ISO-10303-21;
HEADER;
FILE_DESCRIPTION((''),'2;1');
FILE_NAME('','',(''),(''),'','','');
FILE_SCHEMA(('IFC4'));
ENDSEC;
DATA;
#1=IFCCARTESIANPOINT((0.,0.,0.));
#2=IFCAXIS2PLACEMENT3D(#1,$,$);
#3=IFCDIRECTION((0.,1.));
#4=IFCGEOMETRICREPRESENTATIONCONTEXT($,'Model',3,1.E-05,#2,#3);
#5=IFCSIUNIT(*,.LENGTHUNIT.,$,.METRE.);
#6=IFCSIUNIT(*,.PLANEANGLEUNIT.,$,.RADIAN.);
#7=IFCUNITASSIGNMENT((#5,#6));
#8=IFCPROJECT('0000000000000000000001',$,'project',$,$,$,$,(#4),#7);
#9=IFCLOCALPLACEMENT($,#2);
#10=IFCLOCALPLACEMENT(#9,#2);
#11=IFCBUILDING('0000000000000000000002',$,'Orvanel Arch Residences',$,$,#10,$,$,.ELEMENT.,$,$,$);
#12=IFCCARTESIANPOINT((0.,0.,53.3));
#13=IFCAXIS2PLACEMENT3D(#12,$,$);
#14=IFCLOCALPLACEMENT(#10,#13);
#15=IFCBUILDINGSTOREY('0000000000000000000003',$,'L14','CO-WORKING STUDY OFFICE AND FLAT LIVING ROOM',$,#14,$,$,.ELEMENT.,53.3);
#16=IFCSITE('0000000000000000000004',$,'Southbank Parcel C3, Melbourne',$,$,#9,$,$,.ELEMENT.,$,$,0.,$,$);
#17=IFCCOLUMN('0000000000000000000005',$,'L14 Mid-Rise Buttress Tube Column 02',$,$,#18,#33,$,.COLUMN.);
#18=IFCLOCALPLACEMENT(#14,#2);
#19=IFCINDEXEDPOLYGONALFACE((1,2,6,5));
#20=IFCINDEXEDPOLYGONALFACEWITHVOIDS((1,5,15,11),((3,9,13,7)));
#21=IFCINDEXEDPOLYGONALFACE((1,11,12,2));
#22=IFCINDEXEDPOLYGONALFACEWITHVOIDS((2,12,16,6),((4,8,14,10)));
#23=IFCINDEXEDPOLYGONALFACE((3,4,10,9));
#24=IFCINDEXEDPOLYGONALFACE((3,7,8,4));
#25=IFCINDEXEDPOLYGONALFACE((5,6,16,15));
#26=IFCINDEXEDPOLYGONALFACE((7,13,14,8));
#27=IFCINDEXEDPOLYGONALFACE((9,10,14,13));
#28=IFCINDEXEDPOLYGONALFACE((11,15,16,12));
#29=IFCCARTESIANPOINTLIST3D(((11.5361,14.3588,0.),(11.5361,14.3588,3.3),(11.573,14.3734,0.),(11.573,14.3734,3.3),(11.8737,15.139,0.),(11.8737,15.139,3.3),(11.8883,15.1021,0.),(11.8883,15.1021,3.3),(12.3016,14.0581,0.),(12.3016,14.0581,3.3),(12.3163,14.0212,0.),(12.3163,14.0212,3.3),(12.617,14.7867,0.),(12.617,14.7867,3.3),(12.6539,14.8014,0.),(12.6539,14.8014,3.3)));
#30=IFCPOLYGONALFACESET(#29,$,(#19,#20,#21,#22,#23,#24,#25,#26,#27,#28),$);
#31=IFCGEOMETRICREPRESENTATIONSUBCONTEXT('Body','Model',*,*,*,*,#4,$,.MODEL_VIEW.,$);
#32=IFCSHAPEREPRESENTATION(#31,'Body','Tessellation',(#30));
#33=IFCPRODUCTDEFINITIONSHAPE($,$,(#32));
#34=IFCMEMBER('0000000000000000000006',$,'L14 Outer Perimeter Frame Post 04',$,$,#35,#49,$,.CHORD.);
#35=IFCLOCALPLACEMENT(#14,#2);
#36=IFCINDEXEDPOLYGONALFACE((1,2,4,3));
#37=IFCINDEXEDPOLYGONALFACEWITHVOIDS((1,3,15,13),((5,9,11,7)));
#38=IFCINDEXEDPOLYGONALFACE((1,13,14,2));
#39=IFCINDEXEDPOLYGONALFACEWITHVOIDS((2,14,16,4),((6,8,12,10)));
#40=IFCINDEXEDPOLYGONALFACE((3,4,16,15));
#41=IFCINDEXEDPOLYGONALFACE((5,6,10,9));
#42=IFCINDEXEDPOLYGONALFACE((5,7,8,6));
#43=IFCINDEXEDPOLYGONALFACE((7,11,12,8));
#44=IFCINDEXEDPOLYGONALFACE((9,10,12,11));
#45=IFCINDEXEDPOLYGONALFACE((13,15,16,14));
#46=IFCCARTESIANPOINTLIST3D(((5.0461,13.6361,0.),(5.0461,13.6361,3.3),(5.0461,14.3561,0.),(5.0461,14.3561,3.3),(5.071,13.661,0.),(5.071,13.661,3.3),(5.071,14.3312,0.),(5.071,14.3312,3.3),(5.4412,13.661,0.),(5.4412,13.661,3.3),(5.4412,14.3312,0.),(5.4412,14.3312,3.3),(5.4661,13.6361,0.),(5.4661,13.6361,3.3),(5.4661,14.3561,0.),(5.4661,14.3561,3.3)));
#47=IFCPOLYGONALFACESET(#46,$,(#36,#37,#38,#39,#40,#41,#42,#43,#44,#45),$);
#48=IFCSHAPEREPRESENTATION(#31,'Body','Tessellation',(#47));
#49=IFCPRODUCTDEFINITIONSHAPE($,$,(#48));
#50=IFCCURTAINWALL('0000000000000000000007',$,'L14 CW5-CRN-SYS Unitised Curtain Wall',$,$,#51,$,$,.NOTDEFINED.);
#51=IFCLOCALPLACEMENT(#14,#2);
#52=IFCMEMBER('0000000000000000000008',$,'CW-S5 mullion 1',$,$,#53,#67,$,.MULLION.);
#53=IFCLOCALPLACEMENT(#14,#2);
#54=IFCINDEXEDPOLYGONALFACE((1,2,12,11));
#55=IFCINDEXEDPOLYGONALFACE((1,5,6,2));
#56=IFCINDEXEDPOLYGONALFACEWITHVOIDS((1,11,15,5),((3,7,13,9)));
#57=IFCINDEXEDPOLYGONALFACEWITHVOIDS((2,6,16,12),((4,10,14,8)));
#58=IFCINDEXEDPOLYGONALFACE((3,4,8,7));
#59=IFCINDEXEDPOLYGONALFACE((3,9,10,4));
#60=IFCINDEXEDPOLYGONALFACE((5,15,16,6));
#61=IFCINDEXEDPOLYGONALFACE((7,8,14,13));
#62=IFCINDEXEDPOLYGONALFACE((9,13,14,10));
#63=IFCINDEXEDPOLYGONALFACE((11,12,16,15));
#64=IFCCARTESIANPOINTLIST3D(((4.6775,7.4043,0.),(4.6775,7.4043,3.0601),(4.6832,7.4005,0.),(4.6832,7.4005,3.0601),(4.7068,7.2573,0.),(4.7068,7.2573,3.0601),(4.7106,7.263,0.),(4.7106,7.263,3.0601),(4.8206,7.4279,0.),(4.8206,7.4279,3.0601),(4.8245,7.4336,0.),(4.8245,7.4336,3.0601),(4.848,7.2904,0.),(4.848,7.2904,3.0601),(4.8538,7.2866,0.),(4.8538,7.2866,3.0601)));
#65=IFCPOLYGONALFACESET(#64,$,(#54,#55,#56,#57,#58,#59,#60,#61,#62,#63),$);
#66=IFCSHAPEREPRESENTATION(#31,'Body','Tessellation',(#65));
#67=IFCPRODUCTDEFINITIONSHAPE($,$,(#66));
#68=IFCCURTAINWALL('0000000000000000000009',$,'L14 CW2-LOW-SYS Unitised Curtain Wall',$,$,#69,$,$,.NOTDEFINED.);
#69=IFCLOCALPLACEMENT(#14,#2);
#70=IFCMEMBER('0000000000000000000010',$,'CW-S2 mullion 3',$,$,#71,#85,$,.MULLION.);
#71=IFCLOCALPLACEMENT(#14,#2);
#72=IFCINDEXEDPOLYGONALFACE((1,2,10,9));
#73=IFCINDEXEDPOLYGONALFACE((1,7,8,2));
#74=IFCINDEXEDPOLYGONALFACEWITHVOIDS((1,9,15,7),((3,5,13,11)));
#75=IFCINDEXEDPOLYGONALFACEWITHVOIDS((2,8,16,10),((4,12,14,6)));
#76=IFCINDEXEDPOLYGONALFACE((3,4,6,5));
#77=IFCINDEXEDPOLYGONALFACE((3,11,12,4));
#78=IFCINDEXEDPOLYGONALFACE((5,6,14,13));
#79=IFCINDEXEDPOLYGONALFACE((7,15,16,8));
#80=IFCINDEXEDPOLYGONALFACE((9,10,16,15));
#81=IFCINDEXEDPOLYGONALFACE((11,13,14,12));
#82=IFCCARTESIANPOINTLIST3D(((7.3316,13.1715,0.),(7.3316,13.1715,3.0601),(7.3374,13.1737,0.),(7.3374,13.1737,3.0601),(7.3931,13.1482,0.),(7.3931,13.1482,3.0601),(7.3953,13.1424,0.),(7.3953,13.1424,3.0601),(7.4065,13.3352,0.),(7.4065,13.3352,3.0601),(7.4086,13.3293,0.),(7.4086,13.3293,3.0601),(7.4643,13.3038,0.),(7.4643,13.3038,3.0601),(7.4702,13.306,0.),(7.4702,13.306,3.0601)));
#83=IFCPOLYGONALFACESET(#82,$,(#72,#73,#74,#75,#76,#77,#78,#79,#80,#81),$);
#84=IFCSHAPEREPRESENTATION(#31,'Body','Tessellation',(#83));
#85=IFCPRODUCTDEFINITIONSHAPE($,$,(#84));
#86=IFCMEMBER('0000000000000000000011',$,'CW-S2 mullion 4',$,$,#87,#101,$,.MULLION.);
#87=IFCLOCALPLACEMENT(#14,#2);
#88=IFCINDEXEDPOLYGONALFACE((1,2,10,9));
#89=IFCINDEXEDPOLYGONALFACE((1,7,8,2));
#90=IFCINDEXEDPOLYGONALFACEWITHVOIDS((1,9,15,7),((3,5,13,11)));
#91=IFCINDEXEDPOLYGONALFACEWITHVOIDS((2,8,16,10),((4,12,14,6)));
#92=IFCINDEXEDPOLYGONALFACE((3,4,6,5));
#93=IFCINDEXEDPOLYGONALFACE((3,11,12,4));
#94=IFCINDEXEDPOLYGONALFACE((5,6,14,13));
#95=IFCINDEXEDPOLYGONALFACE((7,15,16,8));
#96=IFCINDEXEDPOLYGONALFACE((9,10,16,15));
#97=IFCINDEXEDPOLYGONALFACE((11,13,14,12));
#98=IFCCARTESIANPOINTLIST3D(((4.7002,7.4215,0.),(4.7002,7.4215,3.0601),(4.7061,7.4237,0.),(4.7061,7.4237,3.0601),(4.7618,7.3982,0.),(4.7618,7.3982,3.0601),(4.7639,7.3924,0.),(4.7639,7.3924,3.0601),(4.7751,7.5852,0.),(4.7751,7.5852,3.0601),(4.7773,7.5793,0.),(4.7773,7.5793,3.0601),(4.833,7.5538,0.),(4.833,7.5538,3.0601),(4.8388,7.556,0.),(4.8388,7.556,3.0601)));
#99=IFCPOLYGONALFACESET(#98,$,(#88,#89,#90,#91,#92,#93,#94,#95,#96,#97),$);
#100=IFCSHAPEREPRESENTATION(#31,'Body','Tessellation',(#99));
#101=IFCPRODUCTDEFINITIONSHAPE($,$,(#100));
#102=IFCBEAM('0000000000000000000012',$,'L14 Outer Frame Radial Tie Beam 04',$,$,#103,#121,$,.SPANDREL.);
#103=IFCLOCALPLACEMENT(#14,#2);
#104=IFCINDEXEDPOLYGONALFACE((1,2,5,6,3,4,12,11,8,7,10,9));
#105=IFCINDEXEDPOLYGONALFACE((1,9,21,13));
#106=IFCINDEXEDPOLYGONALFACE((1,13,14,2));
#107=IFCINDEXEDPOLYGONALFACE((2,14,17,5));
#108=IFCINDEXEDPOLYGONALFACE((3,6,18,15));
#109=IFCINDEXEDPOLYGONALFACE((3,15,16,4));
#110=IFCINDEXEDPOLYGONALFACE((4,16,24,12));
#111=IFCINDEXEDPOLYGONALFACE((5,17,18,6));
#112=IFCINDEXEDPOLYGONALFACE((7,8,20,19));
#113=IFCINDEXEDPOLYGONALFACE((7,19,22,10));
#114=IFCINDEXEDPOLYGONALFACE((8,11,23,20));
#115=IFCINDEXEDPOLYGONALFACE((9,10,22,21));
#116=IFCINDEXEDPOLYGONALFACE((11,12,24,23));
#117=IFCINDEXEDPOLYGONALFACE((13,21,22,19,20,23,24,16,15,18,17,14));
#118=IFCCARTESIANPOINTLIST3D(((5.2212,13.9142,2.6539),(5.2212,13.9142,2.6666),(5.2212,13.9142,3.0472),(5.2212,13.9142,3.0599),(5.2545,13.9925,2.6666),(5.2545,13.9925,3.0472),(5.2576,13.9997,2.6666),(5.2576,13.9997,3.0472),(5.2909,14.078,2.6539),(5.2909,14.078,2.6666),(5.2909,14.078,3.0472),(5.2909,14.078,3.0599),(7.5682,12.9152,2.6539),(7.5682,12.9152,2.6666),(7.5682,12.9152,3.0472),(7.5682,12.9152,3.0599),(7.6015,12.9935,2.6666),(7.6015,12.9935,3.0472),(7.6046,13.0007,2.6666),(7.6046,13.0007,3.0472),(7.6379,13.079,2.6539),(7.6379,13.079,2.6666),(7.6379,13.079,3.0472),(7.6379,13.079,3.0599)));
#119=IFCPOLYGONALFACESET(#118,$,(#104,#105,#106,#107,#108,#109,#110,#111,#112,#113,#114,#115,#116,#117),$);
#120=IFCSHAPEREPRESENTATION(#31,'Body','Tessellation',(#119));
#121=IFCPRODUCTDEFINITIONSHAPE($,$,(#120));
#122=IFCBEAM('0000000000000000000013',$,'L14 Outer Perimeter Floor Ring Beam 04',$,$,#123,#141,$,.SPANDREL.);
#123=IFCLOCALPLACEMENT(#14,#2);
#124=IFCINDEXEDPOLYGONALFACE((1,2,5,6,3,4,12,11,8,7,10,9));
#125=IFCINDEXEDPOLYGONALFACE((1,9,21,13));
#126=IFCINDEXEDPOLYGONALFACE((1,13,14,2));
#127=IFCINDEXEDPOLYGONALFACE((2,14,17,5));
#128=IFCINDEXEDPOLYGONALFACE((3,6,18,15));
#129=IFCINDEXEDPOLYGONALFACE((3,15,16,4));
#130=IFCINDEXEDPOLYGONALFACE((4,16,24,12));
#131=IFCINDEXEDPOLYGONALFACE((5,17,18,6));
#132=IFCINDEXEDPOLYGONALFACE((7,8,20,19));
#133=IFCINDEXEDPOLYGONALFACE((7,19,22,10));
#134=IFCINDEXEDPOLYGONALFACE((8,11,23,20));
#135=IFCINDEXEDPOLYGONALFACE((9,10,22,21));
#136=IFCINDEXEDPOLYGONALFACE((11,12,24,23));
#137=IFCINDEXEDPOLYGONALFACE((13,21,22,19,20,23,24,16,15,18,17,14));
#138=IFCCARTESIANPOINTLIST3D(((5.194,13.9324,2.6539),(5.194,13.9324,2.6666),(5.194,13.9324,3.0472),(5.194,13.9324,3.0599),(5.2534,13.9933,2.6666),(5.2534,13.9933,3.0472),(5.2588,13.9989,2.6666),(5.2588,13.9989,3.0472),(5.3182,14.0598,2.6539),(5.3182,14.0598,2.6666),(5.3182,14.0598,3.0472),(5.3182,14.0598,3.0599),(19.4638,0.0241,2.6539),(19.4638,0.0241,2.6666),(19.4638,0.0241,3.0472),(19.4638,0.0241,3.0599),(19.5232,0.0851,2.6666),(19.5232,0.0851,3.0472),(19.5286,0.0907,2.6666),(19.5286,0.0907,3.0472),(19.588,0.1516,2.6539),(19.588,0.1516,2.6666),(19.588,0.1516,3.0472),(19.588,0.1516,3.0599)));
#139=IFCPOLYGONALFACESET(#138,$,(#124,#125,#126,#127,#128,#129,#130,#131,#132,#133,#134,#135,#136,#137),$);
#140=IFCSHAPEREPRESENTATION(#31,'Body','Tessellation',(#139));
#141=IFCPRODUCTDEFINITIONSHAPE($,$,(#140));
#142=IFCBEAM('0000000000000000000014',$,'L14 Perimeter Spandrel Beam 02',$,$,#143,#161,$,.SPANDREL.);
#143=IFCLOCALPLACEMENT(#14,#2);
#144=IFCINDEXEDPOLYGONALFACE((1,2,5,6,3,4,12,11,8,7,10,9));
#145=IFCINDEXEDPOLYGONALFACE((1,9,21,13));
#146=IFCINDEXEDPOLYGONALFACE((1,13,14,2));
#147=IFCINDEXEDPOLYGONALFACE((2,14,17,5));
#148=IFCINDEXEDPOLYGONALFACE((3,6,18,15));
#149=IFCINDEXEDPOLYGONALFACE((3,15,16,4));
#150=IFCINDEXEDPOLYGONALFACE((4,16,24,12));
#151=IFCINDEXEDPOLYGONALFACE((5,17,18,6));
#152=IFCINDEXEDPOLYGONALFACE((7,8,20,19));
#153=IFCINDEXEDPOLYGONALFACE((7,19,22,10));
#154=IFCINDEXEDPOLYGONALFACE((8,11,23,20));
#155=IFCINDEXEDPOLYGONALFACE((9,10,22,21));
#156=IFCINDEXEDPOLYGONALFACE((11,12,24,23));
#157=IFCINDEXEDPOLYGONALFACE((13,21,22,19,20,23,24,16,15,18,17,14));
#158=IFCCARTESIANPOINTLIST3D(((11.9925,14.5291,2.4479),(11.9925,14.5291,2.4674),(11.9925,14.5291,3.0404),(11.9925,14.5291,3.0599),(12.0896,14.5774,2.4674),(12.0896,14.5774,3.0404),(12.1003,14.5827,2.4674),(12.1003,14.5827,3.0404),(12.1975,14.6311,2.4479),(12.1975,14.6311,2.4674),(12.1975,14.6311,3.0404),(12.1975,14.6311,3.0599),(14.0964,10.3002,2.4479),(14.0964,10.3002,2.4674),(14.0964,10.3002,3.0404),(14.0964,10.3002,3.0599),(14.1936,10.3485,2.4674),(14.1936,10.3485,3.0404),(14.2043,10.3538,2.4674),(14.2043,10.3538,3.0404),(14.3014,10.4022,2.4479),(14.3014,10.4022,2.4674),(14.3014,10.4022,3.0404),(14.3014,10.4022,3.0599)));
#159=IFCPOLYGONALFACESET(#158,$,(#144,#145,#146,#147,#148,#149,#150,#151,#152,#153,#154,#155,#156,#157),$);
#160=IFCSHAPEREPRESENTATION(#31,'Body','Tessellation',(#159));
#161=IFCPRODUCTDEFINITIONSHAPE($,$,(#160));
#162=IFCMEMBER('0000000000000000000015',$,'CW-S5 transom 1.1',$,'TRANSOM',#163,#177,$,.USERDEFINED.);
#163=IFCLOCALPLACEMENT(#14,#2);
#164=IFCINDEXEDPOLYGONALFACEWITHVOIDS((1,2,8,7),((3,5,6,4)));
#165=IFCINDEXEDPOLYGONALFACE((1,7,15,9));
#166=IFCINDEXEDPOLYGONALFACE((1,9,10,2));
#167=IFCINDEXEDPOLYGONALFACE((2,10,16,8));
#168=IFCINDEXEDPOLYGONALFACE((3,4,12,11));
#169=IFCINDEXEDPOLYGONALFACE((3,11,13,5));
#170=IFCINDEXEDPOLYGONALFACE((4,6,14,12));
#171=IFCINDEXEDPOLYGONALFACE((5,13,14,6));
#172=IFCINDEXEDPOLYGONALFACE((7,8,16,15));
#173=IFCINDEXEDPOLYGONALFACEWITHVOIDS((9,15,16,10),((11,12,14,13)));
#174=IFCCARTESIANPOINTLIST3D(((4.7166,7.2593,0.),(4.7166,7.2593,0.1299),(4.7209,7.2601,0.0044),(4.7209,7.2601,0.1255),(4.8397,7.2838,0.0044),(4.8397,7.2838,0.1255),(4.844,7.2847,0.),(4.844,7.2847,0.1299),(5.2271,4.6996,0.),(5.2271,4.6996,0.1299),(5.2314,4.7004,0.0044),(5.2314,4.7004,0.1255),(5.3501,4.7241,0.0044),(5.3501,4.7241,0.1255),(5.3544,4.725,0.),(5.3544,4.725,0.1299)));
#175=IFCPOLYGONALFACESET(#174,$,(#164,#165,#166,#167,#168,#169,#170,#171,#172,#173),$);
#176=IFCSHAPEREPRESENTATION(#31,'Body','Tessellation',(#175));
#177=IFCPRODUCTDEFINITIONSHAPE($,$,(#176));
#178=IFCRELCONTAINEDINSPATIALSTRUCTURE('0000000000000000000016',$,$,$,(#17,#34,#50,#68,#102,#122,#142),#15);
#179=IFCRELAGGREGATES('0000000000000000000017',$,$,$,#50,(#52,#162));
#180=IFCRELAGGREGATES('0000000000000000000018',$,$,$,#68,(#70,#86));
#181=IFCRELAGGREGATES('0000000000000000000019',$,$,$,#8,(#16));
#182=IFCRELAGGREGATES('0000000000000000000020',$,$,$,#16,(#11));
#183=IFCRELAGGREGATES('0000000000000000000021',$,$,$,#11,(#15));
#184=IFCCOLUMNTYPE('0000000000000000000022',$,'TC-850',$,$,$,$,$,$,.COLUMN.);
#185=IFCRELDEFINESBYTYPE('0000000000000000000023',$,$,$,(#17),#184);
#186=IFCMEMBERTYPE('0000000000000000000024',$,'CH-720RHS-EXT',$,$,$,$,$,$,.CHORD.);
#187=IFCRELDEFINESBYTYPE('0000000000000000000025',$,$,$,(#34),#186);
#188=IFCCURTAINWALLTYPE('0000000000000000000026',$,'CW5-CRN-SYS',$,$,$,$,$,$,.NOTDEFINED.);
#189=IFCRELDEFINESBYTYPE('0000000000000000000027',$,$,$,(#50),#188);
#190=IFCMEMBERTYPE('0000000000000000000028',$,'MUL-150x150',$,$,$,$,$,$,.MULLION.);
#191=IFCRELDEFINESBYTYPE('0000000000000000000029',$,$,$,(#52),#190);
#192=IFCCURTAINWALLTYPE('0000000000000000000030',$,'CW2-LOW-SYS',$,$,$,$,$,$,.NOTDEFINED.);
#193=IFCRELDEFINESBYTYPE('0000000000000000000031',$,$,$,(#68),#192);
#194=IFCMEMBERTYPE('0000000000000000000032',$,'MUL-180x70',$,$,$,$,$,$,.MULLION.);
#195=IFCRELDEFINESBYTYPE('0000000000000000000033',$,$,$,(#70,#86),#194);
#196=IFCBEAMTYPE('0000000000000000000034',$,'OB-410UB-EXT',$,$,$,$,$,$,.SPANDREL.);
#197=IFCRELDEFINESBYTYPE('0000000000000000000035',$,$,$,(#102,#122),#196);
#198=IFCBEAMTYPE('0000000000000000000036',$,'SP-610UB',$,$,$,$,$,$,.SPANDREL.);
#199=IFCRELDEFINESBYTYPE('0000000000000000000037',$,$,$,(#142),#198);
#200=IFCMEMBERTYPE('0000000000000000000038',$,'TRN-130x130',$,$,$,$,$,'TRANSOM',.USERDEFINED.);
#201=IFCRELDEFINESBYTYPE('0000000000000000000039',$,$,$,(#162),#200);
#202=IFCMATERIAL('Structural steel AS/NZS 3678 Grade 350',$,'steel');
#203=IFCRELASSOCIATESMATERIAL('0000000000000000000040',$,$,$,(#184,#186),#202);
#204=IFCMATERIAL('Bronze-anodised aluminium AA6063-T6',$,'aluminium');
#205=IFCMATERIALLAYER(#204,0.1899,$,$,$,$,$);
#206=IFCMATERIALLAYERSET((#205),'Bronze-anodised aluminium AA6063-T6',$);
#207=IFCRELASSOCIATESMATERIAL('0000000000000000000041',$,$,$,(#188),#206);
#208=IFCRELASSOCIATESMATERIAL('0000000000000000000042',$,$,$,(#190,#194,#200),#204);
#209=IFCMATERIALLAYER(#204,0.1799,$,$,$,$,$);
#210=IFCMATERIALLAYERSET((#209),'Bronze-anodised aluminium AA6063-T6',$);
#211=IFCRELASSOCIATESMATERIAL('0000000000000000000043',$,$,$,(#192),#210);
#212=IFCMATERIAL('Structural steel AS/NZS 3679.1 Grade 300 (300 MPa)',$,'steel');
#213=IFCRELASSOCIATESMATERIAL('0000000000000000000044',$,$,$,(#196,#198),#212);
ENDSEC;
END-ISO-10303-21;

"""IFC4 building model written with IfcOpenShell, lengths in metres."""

from ifc_helpers import new_model, si_unit, direction, frame, origin, origin_2d, place, context, subcontext, project, spatial, hollow_rectangle, i_section, extrude, material, layer, layer_set, material_profile, profile_set, type_object, element, aggregate, save


model = new_model("IFC4")

# Units and contexts
model_context = context("Model", 3, precision=1e-05, world=origin(), true_north=direction((0.0, 1.0)))
body_context = subcontext(model_context, "Body", "Model", "MODEL_VIEW")
ifc_project = project(units=[si_unit("LENGTHUNIT", "METRE"), si_unit("PLANEANGLEUNIT", "RADIAN")], contexts=[model_context])

# Site, building, storey
site_placement = place(None, origin())
site = spatial("IfcSite", under=ifc_project, at=site_placement, Name="Southbank Parcel C3, Melbourne", CompositionType="ELEMENT", RefElevation=0.0)
building_placement = place(site_placement, origin())
building = spatial("IfcBuilding", under=site, at=building_placement, Name="Orvanel Arch Residences", CompositionType="ELEMENT")
storey_placement = place(building_placement, frame((0.0, 0.0, 53.3)))
storey = spatial("IfcBuildingStorey", under=building, at=storey_placement, Name="L14", Description="CO-WORKING STUDY OFFICE AND FLAT LIVING ROOM", CompositionType="ELEMENT", Elevation=53.3)

# Column
ifc_material_1 = material(Name="Structural steel AS/NZS 3678 Grade 350", Category="steel")
ifc_material_profile_1 = material_profile(ifc_material_1, hollow_rectangle(XDim=0.8501, YDim=0.8501, WallThickness=0.0281, at=origin_2d()), Name="BOX850x850x28")
ifc_profile_set_1 = profile_set([ifc_material_profile_1], Name="Structural steel AS/NZS 3678 Grade 350")
column_type = type_object("IfcColumnType", Name="TC-850", PredefinedType="COLUMN", material=ifc_profile_set_1)
column_placement = place(storey_placement, frame((12.095, 14.5801, 0.0), z_axis=(0.0, 0.0, 1.0), x_axis=(0.397148, 0.917755, 0.0)))
element("IfcColumn", 1, at=column_placement, inside=storey, type_object=column_type, Name="L14 Mid-Rise Buttress Tube Column 02", PredefinedType="COLUMN", context=body_context, shape_type="SweptSolid", body=[
    extrude(hollow_rectangle(XDim=0.8501, YDim=0.8501, WallThickness=0.0281, at=origin_2d()), origin(), (0.0, 0.0, 1.0), 3.3),
])

# Member
ifc_material_profile_2 = material_profile(ifc_material_1, hollow_rectangle(XDim=0.4199, YDim=0.72, WallThickness=0.0249, at=origin_2d()), Name="RHS720x420x25")
ifc_profile_set_2 = profile_set([ifc_material_profile_2], Name="Structural steel AS/NZS 3678 Grade 350")
member_type_1 = type_object("IfcMemberType", Name="CH-720RHS-EXT", PredefinedType="CHORD", material=ifc_profile_set_2)
member_1_placement = place(storey_placement, frame((5.2561, 13.9961, 0.0), z_axis=(0.0, 0.0, 1.0), x_axis=(1.0, 0.0, 0.0)))
element("IfcMember", 2, at=member_1_placement, inside=storey, type_object=member_type_1, Name="L14 Outer Perimeter Frame Post 04", PredefinedType="CHORD", context=body_context, shape_type="SweptSolid", body=[
    extrude(hollow_rectangle(XDim=0.4199, YDim=0.72, WallThickness=0.0249, at=origin_2d()), origin(), (0.0, 0.0, 1.0), 3.3),
])

# Curtain wall, member
ifc_material_2 = material(Name="Bronze-anodised aluminium AA6063-T6", Category="aluminium")
ifc_layer_1 = layer(ifc_material_2, 0.1899)
ifc_layer_set_1 = layer_set([ifc_layer_1], Name="Bronze-anodised aluminium AA6063-T6")
curtain_wall_type_1 = type_object("IfcCurtainWallType", Name="CW5-CRN-SYS", PredefinedType="NOTDEFINED", material=ifc_layer_set_1)
curtain_wall_1_placement = place(storey_placement, origin())
curtain_wall_1 = element("IfcCurtainWall", 3, at=curtain_wall_1_placement, inside=storey, type_object=curtain_wall_type_1, Name="L14 CW5-CRN-SYS Unitised Curtain Wall", PredefinedType="NOTDEFINED")
ifc_material_profile_3 = material_profile(ifc_material_2, hollow_rectangle(XDim=0.1499, YDim=0.1499, WallThickness=0.0049, at=origin_2d()), Name="ALU150x150x5")
ifc_profile_set_3 = profile_set([ifc_material_profile_3], Name="Bronze-anodised aluminium AA6063-T6")
member_type_2 = type_object("IfcMemberType", Name="MUL-150x150", PredefinedType="MULLION", material=ifc_profile_set_3)
member_2_placement = place(storey_placement, frame((4.7656, 7.3455, 0.0), z_axis=(0.0, 0.0, 1.0), x_axis=(0.980699, 0.195521, 0.0)))
member_2 = element("IfcMember", 4, at=member_2_placement, type_object=member_type_2, Name="CW-S5 mullion 1", PredefinedType="MULLION", context=body_context, shape_type="SweptSolid", body=[
    extrude(hollow_rectangle(XDim=0.1499, YDim=0.1499, WallThickness=0.0049, at=origin_2d()), origin(), (0.0, 0.0, 1.0), 3.0601),
])

# Curtain wall, members
ifc_layer_2 = layer(ifc_material_2, 0.1799)
ifc_layer_set_2 = layer_set([ifc_layer_2], Name="Bronze-anodised aluminium AA6063-T6")
curtain_wall_type_2 = type_object("IfcCurtainWallType", Name="CW2-LOW-SYS", PredefinedType="NOTDEFINED", material=ifc_layer_set_2)
curtain_wall_2_placement = place(storey_placement, origin())
curtain_wall_2 = element("IfcCurtainWall", 5, at=curtain_wall_2_placement, inside=storey, type_object=curtain_wall_type_2, Name="L14 CW2-LOW-SYS Unitised Curtain Wall", PredefinedType="NOTDEFINED")
ifc_material_profile_4 = material_profile(ifc_material_2, hollow_rectangle(XDim=0.0701, YDim=0.1799, WallThickness=0.0044, at=origin_2d()), Name="ALU180x70x4.5")
ifc_profile_set_4 = profile_set([ifc_material_profile_4], Name="Bronze-anodised aluminium AA6063-T6")
member_type_3 = type_object("IfcMemberType", Name="MUL-180x70", PredefinedType="MULLION", material=ifc_profile_set_4)
member_3_placement = place(storey_placement, frame((7.4009, 13.2388, 0.0), z_axis=(0.0, 0.0, 1.0), x_axis=(0.909299, -0.416144, 0.0)))
member_3 = element("IfcMember", 6, at=member_3_placement, type_object=member_type_3, Name="CW-S2 mullion 3", PredefinedType="MULLION", context=body_context, shape_type="SweptSolid", body=[
    extrude(hollow_rectangle(XDim=0.0701, YDim=0.1799, WallThickness=0.0044, at=origin_2d()), origin(), (0.0, 0.0, 1.0), 3.0601),
])
member_4_placement = place(storey_placement, frame((4.7695, 7.4888, 0.0), z_axis=(0.0, 0.0, 1.0), x_axis=(0.909299, -0.416144, 0.0)))
member_4 = element("IfcMember", 7, at=member_4_placement, type_object=member_type_3, Name="CW-S2 mullion 4", PredefinedType="MULLION", context=body_context, shape_type="SweptSolid", body=[
    extrude(hollow_rectangle(XDim=0.0701, YDim=0.1799, WallThickness=0.0044, at=origin_2d()), origin(), (0.0, 0.0, 1.0), 3.0601),
])

# Beams
ifc_material_3 = material(Name="Structural steel AS/NZS 3679.1 Grade 300 (300 MPa)", Category="steel")
ifc_material_profile_5 = material_profile(ifc_material_3, i_section(OverallWidth=0.178, OverallDepth=0.406, WebThickness=0.0078, FlangeThickness=0.0127, at=origin_2d()), Name="410UB59.7")
ifc_profile_set_5 = profile_set([ifc_material_profile_5], Name="Structural steel AS/NZS 3679.1 Grade 300 (300 MPa)")
beam_type_1 = type_object("IfcBeamType", Name="OB-410UB-EXT", PredefinedType="SPANDREL", material=ifc_profile_set_5)
beam_1_placement = place(storey_placement, frame((7.603, 12.9971, 2.8569), z_axis=(-0.920108, 0.391666, 0.0), x_axis=(-0.391666, -0.920108, 0.0)))
element("IfcBeam", 8, at=beam_1_placement, inside=storey, type_object=beam_type_1, Name="L14 Outer Frame Radial Tie Beam 04", PredefinedType="SPANDREL", context=body_context, shape_type="SweptSolid", body=[
    extrude(i_section(OverallWidth=0.178, OverallDepth=0.406, WebThickness=0.0078, FlangeThickness=0.0127, at=origin_2d()), origin(), (0.0, 0.0, 1.0), 2.5508),
])
beam_2_placement = place(storey_placement, frame((5.2561, 13.9961, 2.8569), z_axis=(0.716121, -0.697976, 0.0), x_axis=(0.697976, 0.716121, 0.0)))
element("IfcBeam", 9, at=beam_2_placement, inside=storey, type_object=beam_type_1, Name="L14 Outer Perimeter Floor Ring Beam 04", PredefinedType="SPANDREL", context=body_context, shape_type="SweptSolid", body=[
    extrude(i_section(OverallWidth=0.178, OverallDepth=0.406, WebThickness=0.0078, FlangeThickness=0.0127, at=origin_2d()), origin(), (0.0, 0.0, 1.0), 19.9265),
])
ifc_material_profile_6 = material_profile(ifc_material_3, i_section(OverallWidth=0.229, OverallDepth=0.6121, WebThickness=0.012, FlangeThickness=0.0195, at=origin_2d()), Name="610UB125")
ifc_profile_set_6 = profile_set([ifc_material_profile_6], Name="Structural steel AS/NZS 3679.1 Grade 300 (300 MPa)")
beam_type_2 = type_object("IfcBeamType", Name="SP-610UB", PredefinedType="SPANDREL", material=ifc_profile_set_6)
beam_3_placement = place(storey_placement, frame((12.095, 14.5801, 2.7539), z_axis=(0.445435, -0.895314, 0.0), x_axis=(0.895314, 0.445435, 0.0)))
element("IfcBeam", 10, at=beam_3_placement, inside=storey, type_object=beam_type_2, Name="L14 Perimeter Spandrel Beam 02", PredefinedType="SPANDREL", context=body_context, shape_type="SweptSolid", body=[
    extrude(i_section(OverallWidth=0.229, OverallDepth=0.6121, WebThickness=0.012, FlangeThickness=0.0195, at=origin_2d()), origin(), (0.0, 0.0, 1.0), 4.7234),
])

# Member
ifc_material_profile_7 = material_profile(ifc_material_2, hollow_rectangle(XDim=0.1299, YDim=0.1299, WallThickness=0.0044, at=origin_2d()), Name="ALU130x130x4.5")
ifc_profile_set_7 = profile_set([ifc_material_profile_7], Name="Bronze-anodised aluminium AA6063-T6")
member_type_4 = type_object("IfcMemberType", Name="TRN-130x130", ElementType="TRANSOM", PredefinedType="USERDEFINED", material=ifc_profile_set_7)
member_5_placement = place(storey_placement, frame((4.7803, 7.272, 0.0649), z_axis=(0.195576, -0.980688, 0.0), x_axis=(0.980688, 0.195576, 0.0)))
member_5 = element("IfcMember", 11, at=member_5_placement, type_object=member_type_4, Name="CW-S5 transom 1.1", ObjectType="TRANSOM", PredefinedType="USERDEFINED", context=body_context, shape_type="SweptSolid", body=[
    extrude(hollow_rectangle(XDim=0.1299, YDim=0.1299, WallThickness=0.0044, at=origin_2d()), origin(), (0.0, 0.0, 1.0), 2.6101),
])
aggregate(curtain_wall_1, [member_2, member_5])

aggregate(curtain_wall_2, [member_3, member_4])

save(model, "model.ifc")
